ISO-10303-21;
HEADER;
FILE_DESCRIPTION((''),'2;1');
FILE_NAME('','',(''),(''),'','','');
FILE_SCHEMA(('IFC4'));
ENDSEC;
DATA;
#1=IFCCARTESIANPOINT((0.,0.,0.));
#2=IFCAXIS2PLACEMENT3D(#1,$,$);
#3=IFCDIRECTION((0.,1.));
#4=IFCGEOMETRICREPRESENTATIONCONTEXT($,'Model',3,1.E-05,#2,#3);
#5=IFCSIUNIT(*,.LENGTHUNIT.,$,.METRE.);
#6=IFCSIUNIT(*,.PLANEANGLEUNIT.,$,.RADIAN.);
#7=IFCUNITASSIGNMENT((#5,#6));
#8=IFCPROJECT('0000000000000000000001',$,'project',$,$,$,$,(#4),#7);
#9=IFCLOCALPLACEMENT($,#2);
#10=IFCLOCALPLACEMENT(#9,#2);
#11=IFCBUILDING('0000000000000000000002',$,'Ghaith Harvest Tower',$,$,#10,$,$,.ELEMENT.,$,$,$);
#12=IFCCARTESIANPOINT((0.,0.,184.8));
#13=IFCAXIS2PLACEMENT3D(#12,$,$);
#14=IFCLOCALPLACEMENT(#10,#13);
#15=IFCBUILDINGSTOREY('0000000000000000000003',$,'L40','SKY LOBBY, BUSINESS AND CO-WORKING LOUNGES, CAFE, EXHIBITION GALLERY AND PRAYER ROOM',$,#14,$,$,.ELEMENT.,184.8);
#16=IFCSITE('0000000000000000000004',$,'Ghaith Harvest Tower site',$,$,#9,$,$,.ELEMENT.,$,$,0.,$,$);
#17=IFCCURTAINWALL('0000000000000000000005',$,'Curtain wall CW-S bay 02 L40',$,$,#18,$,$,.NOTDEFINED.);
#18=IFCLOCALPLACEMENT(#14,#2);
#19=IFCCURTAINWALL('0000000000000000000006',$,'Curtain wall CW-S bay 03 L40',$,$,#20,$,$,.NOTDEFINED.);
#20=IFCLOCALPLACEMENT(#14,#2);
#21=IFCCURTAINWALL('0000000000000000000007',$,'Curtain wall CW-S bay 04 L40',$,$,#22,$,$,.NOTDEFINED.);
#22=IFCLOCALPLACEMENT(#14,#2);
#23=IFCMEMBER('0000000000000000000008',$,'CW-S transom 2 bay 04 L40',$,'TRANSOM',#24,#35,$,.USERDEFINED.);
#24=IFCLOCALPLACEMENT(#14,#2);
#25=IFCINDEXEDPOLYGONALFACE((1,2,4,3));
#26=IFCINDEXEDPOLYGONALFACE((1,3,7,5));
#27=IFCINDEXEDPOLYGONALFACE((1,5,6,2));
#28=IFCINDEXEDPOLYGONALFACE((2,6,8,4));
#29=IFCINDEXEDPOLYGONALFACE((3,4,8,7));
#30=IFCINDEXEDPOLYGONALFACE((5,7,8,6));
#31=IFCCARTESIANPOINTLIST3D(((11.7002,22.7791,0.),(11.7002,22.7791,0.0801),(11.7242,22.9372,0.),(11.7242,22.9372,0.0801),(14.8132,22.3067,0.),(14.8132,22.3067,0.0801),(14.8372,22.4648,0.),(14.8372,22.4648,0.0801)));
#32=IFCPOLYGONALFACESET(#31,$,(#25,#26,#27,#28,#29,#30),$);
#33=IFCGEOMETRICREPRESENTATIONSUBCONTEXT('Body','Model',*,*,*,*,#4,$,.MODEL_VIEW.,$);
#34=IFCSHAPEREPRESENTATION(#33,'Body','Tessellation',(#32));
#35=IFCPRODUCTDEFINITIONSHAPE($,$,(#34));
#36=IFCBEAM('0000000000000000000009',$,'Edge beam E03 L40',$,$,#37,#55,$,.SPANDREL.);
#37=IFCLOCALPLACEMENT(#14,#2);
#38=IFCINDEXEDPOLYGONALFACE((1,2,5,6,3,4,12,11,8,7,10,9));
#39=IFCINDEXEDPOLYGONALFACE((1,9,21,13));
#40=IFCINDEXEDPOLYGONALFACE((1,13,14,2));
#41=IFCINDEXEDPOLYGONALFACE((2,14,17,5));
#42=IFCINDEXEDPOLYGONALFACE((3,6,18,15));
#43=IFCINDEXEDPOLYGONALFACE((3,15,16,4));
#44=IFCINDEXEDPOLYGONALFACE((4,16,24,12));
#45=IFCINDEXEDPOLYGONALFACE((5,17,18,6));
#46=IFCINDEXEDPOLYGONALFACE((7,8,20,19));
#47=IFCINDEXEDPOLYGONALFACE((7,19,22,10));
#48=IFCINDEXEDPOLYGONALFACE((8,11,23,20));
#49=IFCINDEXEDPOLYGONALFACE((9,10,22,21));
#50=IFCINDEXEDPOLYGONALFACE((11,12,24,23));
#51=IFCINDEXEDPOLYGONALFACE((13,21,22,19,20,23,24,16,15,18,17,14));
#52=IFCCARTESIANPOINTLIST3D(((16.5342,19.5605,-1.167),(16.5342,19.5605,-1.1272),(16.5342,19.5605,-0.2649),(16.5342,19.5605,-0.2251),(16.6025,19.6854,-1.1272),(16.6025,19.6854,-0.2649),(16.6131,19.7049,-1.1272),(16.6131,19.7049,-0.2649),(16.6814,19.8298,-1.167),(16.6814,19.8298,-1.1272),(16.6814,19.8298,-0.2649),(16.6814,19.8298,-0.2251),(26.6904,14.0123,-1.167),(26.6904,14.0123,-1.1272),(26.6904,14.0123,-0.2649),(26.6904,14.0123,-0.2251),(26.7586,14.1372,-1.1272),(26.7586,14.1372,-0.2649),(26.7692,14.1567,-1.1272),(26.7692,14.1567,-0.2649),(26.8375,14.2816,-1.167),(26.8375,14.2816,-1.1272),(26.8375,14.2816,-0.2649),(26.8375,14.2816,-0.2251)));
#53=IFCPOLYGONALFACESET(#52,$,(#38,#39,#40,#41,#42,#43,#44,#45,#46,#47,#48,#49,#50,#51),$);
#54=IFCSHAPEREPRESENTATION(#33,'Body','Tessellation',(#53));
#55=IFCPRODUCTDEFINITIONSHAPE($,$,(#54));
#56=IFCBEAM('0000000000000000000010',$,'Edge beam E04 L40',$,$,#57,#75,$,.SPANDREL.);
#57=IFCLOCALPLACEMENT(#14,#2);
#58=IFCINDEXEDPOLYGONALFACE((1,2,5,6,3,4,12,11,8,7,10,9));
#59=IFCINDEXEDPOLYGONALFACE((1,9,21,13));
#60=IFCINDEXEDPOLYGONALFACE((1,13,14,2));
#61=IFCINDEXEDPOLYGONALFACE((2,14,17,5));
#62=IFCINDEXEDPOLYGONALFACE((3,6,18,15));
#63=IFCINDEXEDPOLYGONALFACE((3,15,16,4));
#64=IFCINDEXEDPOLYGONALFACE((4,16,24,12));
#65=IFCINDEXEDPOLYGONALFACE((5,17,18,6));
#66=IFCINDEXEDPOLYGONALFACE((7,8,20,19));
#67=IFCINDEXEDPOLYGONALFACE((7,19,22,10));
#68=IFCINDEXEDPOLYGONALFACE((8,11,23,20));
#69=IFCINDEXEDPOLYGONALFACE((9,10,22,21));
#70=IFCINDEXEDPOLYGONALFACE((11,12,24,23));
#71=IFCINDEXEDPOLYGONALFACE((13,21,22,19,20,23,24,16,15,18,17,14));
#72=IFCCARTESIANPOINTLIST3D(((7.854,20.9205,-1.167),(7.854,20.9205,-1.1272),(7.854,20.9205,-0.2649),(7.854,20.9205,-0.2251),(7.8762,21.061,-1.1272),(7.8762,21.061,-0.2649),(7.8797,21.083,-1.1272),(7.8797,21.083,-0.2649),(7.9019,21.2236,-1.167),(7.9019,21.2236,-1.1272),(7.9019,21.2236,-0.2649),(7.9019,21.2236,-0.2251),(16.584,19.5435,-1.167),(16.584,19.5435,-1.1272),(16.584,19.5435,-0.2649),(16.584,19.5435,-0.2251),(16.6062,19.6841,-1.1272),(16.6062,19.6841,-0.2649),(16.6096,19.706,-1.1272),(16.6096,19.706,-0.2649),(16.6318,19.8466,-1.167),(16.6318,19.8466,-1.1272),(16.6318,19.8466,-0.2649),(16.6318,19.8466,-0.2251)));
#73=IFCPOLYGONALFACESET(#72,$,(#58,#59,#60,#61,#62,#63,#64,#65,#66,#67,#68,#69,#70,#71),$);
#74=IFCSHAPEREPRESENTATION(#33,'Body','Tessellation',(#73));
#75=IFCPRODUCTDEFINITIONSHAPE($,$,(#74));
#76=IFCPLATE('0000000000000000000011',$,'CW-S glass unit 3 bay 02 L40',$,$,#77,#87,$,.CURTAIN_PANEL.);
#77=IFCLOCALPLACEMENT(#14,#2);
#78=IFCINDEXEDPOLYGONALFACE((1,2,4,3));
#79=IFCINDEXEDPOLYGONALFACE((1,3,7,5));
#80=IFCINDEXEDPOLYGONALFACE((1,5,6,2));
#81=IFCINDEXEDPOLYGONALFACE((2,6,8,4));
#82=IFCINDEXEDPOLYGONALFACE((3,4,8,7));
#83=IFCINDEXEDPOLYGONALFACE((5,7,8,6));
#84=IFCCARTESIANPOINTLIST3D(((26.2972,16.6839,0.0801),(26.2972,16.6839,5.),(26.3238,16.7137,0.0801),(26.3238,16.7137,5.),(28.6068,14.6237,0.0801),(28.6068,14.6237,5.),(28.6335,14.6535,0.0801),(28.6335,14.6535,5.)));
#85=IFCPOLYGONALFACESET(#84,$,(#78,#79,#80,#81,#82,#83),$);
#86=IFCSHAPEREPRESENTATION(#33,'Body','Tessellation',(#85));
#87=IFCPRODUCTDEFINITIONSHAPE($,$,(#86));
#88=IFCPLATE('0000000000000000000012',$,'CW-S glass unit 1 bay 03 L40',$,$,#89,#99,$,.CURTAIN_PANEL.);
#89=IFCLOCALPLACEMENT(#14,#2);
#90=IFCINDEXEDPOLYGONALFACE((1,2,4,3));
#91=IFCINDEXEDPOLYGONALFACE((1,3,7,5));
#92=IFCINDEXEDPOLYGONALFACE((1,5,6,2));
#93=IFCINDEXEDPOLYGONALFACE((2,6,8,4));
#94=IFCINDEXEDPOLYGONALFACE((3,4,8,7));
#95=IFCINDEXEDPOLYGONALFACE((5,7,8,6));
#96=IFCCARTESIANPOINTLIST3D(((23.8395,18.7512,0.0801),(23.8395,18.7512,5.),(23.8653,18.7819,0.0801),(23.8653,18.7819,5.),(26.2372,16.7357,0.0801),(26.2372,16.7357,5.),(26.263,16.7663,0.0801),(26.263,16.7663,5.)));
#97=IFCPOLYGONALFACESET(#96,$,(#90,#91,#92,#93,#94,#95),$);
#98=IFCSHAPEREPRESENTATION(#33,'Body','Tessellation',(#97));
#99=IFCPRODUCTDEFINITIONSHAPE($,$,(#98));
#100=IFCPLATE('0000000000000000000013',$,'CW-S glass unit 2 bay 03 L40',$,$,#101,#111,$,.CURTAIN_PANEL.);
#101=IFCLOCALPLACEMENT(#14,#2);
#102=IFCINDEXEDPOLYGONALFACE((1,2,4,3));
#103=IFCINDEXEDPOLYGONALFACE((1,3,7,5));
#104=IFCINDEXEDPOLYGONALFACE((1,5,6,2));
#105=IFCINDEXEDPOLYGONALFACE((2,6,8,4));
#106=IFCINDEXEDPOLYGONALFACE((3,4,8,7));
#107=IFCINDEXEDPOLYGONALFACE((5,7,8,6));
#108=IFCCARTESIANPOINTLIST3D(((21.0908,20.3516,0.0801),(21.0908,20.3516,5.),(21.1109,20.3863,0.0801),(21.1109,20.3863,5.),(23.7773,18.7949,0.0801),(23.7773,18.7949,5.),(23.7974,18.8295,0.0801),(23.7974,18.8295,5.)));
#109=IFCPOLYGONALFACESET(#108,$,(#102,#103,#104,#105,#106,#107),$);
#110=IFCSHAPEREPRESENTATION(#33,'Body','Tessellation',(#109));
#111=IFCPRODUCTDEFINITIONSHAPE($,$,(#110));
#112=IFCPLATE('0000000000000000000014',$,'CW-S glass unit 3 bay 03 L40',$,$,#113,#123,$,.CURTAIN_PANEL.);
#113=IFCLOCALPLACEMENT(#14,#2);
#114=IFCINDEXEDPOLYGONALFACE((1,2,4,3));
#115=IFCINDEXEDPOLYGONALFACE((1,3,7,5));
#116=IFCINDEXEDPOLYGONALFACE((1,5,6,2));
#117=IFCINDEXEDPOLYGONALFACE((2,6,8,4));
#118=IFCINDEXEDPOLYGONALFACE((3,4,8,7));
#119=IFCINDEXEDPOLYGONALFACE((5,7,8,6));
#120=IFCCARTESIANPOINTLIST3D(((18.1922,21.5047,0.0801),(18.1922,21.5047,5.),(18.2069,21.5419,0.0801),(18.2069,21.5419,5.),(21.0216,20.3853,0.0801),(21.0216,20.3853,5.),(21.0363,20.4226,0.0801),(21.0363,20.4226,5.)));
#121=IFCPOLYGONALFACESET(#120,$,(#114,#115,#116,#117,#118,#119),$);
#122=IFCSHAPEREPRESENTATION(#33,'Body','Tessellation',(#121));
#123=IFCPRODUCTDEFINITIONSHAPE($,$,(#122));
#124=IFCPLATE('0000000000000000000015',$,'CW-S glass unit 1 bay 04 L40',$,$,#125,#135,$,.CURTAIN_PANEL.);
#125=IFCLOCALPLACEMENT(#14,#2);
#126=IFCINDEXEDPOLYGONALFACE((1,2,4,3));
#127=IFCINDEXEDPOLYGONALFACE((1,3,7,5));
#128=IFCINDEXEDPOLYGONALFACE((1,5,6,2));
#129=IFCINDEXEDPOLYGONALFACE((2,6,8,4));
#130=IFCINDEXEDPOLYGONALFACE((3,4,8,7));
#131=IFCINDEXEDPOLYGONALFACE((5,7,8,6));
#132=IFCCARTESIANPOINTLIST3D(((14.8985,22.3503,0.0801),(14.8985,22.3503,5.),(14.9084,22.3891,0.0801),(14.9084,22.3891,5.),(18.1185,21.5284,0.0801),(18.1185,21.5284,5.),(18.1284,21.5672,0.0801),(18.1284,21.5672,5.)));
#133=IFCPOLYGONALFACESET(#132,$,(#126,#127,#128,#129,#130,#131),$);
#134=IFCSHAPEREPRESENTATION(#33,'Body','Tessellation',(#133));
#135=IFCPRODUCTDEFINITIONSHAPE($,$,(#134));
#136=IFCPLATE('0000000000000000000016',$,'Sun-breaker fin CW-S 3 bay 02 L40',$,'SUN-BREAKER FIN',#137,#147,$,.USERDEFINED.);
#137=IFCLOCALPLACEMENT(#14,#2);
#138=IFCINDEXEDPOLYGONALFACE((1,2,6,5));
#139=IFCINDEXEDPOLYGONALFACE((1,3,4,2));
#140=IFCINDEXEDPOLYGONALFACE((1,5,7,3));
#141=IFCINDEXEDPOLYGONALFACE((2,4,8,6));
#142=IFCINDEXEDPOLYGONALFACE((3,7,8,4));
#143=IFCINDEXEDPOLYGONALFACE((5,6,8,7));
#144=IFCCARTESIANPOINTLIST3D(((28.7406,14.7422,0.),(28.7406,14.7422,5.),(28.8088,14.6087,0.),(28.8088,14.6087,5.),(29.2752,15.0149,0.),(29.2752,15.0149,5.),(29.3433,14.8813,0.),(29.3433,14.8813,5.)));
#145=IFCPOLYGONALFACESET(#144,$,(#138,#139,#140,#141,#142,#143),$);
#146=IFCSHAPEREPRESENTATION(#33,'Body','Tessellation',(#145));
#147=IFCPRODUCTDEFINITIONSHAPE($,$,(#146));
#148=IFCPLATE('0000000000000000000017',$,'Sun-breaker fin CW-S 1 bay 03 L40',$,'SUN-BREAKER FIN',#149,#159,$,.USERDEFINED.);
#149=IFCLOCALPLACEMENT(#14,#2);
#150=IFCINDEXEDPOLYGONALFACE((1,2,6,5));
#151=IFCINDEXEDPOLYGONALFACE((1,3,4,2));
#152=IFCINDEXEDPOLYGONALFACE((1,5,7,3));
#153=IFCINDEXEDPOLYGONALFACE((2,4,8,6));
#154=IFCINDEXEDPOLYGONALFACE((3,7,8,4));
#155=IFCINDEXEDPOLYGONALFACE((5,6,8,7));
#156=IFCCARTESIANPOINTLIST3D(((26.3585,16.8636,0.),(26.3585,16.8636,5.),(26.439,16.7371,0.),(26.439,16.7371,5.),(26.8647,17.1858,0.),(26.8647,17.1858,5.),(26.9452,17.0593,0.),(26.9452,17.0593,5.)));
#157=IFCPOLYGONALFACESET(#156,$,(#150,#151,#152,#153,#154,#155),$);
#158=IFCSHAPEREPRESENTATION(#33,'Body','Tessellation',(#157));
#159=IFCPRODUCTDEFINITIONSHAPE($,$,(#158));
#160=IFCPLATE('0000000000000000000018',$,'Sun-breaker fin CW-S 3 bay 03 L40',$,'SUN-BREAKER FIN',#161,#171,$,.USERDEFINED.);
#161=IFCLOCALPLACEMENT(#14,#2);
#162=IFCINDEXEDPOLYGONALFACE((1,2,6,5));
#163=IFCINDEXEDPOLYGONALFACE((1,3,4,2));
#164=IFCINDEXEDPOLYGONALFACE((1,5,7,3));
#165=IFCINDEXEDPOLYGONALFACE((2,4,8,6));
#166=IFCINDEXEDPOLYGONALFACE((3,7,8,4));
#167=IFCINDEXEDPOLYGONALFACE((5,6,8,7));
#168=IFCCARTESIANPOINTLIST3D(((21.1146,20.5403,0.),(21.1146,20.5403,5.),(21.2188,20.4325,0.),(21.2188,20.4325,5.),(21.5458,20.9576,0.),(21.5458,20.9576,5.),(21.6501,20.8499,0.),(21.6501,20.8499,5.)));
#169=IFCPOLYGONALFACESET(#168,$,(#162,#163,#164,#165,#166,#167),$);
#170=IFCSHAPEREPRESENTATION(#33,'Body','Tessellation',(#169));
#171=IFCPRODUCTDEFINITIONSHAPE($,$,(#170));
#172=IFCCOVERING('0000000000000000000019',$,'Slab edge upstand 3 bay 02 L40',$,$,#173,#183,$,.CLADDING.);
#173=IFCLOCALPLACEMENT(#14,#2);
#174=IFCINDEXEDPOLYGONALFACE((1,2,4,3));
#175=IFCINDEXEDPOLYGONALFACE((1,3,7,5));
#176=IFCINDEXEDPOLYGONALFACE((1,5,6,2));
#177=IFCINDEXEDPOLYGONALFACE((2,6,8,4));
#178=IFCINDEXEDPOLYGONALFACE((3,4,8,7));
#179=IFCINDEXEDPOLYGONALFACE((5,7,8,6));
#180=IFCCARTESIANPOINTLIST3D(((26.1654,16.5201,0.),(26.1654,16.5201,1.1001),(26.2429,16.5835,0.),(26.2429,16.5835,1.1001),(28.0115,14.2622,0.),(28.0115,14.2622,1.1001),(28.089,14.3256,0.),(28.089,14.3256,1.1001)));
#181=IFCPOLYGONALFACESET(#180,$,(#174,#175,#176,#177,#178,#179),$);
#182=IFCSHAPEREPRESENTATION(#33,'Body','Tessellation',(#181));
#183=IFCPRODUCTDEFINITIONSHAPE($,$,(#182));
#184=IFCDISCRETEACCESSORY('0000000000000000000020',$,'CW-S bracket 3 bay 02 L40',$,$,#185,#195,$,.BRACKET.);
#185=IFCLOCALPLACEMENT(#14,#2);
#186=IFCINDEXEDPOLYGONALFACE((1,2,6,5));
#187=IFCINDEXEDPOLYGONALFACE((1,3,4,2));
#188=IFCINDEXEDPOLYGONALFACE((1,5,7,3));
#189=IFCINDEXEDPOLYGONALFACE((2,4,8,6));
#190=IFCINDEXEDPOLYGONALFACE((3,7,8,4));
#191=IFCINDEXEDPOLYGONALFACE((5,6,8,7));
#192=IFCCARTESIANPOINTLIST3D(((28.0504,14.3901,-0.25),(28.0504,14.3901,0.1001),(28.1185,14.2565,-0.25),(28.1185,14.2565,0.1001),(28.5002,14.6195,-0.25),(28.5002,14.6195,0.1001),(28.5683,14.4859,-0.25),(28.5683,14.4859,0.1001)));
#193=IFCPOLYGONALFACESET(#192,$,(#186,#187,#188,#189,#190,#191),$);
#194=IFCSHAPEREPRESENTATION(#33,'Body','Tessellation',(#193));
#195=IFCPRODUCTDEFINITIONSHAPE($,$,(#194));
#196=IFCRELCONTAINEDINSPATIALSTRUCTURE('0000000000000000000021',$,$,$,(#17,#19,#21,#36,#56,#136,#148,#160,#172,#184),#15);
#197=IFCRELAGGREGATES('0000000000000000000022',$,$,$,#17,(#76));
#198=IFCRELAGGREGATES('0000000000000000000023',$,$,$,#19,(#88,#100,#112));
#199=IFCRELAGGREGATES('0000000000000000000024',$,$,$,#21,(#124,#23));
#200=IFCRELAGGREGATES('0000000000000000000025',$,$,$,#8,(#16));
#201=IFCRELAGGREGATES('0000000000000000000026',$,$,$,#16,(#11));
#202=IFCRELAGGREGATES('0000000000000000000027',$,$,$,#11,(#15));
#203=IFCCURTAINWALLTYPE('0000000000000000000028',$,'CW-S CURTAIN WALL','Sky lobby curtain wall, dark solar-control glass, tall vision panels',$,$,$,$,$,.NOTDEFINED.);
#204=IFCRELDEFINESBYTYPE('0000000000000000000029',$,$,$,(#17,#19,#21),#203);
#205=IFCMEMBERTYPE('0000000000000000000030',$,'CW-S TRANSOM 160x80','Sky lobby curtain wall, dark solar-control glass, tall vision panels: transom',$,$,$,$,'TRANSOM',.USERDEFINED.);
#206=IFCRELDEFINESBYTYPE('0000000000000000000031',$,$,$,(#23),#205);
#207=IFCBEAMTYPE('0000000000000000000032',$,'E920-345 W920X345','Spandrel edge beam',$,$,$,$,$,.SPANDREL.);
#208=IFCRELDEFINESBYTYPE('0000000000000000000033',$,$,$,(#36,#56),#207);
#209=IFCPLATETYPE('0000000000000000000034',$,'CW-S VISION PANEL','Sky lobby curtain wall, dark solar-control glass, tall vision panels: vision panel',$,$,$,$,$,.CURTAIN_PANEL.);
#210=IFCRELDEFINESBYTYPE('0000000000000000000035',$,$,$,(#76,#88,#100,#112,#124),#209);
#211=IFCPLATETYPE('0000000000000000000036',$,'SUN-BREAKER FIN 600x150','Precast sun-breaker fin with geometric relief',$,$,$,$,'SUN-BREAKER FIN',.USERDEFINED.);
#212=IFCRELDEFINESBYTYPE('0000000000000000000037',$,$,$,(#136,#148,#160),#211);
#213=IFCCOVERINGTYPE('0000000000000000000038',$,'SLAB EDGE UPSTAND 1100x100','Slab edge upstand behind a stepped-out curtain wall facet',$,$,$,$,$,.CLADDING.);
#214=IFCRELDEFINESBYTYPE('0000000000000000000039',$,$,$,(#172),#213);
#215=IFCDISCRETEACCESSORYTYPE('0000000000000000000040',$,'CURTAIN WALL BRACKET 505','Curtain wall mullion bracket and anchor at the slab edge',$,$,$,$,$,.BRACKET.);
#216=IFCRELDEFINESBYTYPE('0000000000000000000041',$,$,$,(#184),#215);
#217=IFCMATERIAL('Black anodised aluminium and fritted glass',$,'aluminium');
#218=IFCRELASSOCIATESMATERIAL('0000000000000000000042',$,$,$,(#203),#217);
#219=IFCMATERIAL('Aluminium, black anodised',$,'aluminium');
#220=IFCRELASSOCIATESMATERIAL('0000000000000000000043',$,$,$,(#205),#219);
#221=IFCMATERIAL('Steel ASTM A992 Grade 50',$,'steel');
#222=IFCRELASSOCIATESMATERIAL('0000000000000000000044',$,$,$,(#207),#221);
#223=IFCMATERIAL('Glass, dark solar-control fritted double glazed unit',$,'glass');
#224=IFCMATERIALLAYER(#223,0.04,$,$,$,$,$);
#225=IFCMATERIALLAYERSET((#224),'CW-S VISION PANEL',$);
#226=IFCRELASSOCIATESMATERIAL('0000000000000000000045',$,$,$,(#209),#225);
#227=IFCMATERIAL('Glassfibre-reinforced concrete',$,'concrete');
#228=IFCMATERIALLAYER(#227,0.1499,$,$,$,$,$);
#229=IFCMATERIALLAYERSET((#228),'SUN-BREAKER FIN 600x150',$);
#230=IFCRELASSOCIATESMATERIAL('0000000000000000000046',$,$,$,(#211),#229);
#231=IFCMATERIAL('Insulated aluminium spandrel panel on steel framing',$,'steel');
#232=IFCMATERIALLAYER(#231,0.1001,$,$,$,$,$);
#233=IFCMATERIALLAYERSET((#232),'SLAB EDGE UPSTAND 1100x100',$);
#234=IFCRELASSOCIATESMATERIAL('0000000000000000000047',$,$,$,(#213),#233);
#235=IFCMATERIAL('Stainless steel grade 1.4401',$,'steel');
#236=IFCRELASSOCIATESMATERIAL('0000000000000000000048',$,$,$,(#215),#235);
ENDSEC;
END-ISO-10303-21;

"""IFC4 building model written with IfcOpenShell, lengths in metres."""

from ifc_helpers import new_model, si_unit, direction, frame, origin, origin_2d, place, context, subcontext, project, spatial, rectangle, i_section, extrude, material, layer, layer_set, material_profile, profile_set, type_object, element, aggregate, save


model = new_model("IFC4")

# Units and contexts
model_context = context("Model", 3, precision=1e-05, world=origin(), true_north=direction((0.0, 1.0)))
body_context = subcontext(model_context, "Body", "Model", "MODEL_VIEW")
ifc_project = project(units=[si_unit("LENGTHUNIT", "METRE"), si_unit("PLANEANGLEUNIT", "RADIAN")], contexts=[model_context])

# Site, building, storey
site_placement = place(None, origin())
site = spatial("IfcSite", under=ifc_project, at=site_placement, Name="Ghaith Harvest Tower site", CompositionType="ELEMENT", RefElevation=0.0)
building_placement = place(site_placement, origin())
building = spatial("IfcBuilding", under=site, at=building_placement, Name="Ghaith Harvest Tower", CompositionType="ELEMENT")
storey_placement = place(building_placement, frame((0.0, 0.0, 184.8)))
storey = spatial("IfcBuildingStorey", under=building, at=storey_placement, Name="L40", Description="SKY LOBBY, BUSINESS AND CO-WORKING LOUNGES, CAFE, EXHIBITION GALLERY AND PRAYER ROOM", CompositionType="ELEMENT", Elevation=184.8)

# Curtain wall
ifc_material_1 = material(Name="Black anodised aluminium and fritted glass", Category="aluminium")
curtain_wall_type = type_object("IfcCurtainWallType", Name="CW-S CURTAIN WALL", Description="Sky lobby curtain wall, dark solar-control glass, tall vision panels", PredefinedType="NOTDEFINED", material=ifc_material_1)
curtain_wall_1_placement = place(storey_placement, origin())
curtain_wall_1 = element("IfcCurtainWall", 1, at=curtain_wall_1_placement, inside=storey, type_object=curtain_wall_type, Name="Curtain wall CW-S bay 02 L40", PredefinedType="NOTDEFINED")

# Curtain walls
curtain_wall_2_placement = place(storey_placement, origin())
curtain_wall_2 = element("IfcCurtainWall", 2, at=curtain_wall_2_placement, inside=storey, type_object=curtain_wall_type, Name="Curtain wall CW-S bay 03 L40", PredefinedType="NOTDEFINED")
curtain_wall_3_placement = place(storey_placement, origin())
curtain_wall_3 = element("IfcCurtainWall", 3, at=curtain_wall_3_placement, inside=storey, type_object=curtain_wall_type, Name="Curtain wall CW-S bay 04 L40", PredefinedType="NOTDEFINED")

# Member
ifc_material_2 = material(Name="Aluminium, black anodised", Category="aluminium")
ifc_material_profile_1 = material_profile(ifc_material_2, rectangle(XDim=0.1599, YDim=0.0801, at=origin_2d()), Name="CW-S TRANSOM 160x80")
ifc_profile_set_1 = profile_set([ifc_material_profile_1], Name="Aluminium, black anodised")
member_type_1 = type_object("IfcMemberType", Name="CW-S TRANSOM 160x80", Description="Sky lobby curtain wall, dark solar-control glass, tall vision panels: transom", ElementType="TRANSOM", PredefinedType="USERDEFINED", material=ifc_profile_set_1)
member_1_placement = place(storey_placement, frame((14.8252, 22.3857, 0.04), z_axis=(-0.988681, 0.150035, 0.0), x_axis=(-0.150035, -0.988681, 0.0)))
member_1 = element("IfcMember", 4, at=member_1_placement, type_object=member_type_1, Name="CW-S transom 2 bay 04 L40", ObjectType="TRANSOM", PredefinedType="USERDEFINED", context=body_context, shape_type="SweptSolid", body=[
    extrude(rectangle(XDim=0.1599, YDim=0.0801, at=origin_2d()), origin(), (0.0, 0.0, 1.0), 3.1487),
])

# Beams
ifc_material_3 = material(Name="Steel ASTM A992 Grade 50", Category="steel")
ifc_material_profile_2 = material_profile(ifc_material_3, i_section(OverallWidth=0.3069, OverallDepth=0.9419, WebThickness=0.0222, FlangeThickness=0.0398, at=origin_2d()), Name="W920X345")
ifc_profile_set_2 = profile_set([ifc_material_profile_2], Name="Steel ASTM A992 Grade 50")
beam_type = type_object("IfcBeamType", Name="E920-345 W920X345", Description="Spandrel edge beam", PredefinedType="SPANDREL", material=ifc_profile_set_2)
beam_1_placement = place(storey_placement, frame((26.7639, 14.147, -0.696), z_axis=(-0.877588, 0.479415, 0.0), x_axis=(-0.479415, -0.877588, 0.0)))
element("IfcBeam", 5, at=beam_1_placement, inside=storey, type_object=beam_type, Name="Edge beam E03 L40", PredefinedType="SPANDREL", context=body_context, shape_type="SweptSolid", body=[
    extrude(i_section(OverallWidth=0.3069, OverallDepth=0.9419, WebThickness=0.0222, FlangeThickness=0.0398, at=origin_2d()), origin(), (0.0, 0.0, 1.0), 11.5728),
])
beam_2_placement = place(storey_placement, frame((16.6079, 19.6951, -0.696), z_axis=(-0.987788, 0.155801, 0.0), x_axis=(-0.155801, -0.987788, 0.0)))
element("IfcBeam", 6, at=beam_2_placement, inside=storey, type_object=beam_type, Name="Edge beam E04 L40", PredefinedType="SPANDREL", context=body_context, shape_type="SweptSolid", body=[
    extrude(i_section(OverallWidth=0.3069, OverallDepth=0.9419, WebThickness=0.0222, FlangeThickness=0.0398, at=origin_2d()), origin(), (0.0, 0.0, 1.0), 8.8379),
])

# Plates
ifc_material_4 = material(Name="Glass, dark solar-control fritted double glazed unit", Category="glass")
ifc_layer_1 = layer(ifc_material_4, 0.04)
ifc_layer_set_1 = layer_set([ifc_layer_1], Name="CW-S VISION PANEL")
plate_type_1 = type_object("IfcPlateType", Name="CW-S VISION PANEL", Description="Sky lobby curtain wall, dark solar-control glass, tall vision panels: vision panel", PredefinedType="CURTAIN_PANEL", material=ifc_layer_set_1)
plate_1_placement = place(storey_placement, frame((27.4653, 15.6687, 0.0801), z_axis=(0.0, 0.0, 1.0), x_axis=(-0.746251, 0.665665, 0.0)))
plate_1 = element("IfcPlate", 7, at=plate_1_placement, type_object=plate_type_1, Name="CW-S glass unit 3 bay 02 L40", PredefinedType="CURTAIN_PANEL", context=body_context, shape_type="SweptSolid", body=[
    extrude(rectangle(XDim=3.095, YDim=0.04, at=origin_2d()), origin(), (0.0, 0.0, 1.0), 4.9199),
])
aggregate(curtain_wall_1, [plate_1])
plate_2_placement = place(storey_placement, frame((25.0513, 17.7588, 0.0801), z_axis=(0.0, 0.0, 1.0), x_axis=(-0.765473, 0.643468, 0.0)))
plate_2 = element("IfcPlate", 8, at=plate_2_placement, type_object=plate_type_1, Name="CW-S glass unit 1 bay 03 L40", PredefinedType="CURTAIN_PANEL", context=body_context, shape_type="SweptSolid", body=[
    extrude(rectangle(XDim=3.1323, YDim=0.04, at=origin_2d()), origin(), (0.0, 0.0, 1.0), 4.9199),
])
plate_3_placement = place(storey_placement, frame((22.4441, 19.5906, 0.0801), z_axis=(0.0, 0.0, 1.0), x_axis=(-0.865232, 0.501372, 0.0)))
plate_3 = element("IfcPlate", 9, at=plate_3_placement, type_object=plate_type_1, Name="CW-S glass unit 2 bay 03 L40", PredefinedType="CURTAIN_PANEL", context=body_context, shape_type="SweptSolid", body=[
    extrude(rectangle(XDim=3.105, YDim=0.04, at=origin_2d()), origin(), (0.0, 0.0, 1.0), 4.9199),
])
plate_4_placement = place(storey_placement, frame((19.6143, 20.9636, 0.0801), z_axis=(0.0, 0.0, 1.0), x_axis=(-0.929877, 0.367872, 0.0)))
plate_4 = element("IfcPlate", 10, at=plate_4_placement, type_object=plate_type_1, Name="CW-S glass unit 3 bay 03 L40", PredefinedType="CURTAIN_PANEL", context=body_context, shape_type="SweptSolid", body=[
    extrude(rectangle(XDim=3.0427, YDim=0.04, at=origin_2d()), origin(), (0.0, 0.0, 1.0), 4.9199),
])
aggregate(curtain_wall_2, [plate_2, plate_3, plate_4])
plate_5_placement = place(storey_placement, frame((16.5134, 21.9587, 0.0801), z_axis=(0.0, 0.0, 1.0), x_axis=(-0.968931, 0.247331, 0.0)))
plate_5 = element("IfcPlate", 11, at=plate_5_placement, type_object=plate_type_1, Name="CW-S glass unit 1 bay 04 L40", PredefinedType="CURTAIN_PANEL", context=body_context, shape_type="SweptSolid", body=[
    extrude(rectangle(XDim=3.3232, YDim=0.04, at=origin_2d()), origin(), (0.0, 0.0, 1.0), 4.9199),
])
aggregate(curtain_wall_3, [plate_5, member_1])

# Plates
ifc_material_5 = material(Name="Glassfibre-reinforced concrete", Category="concrete")
ifc_layer_2 = layer(ifc_material_5, 0.1499)
ifc_layer_set_2 = layer_set([ifc_layer_2], Name="SUN-BREAKER FIN 600x150")
plate_type_2 = type_object("IfcPlateType", Name="SUN-BREAKER FIN 600x150", Description="Precast sun-breaker fin with geometric relief", ElementType="SUN-BREAKER FIN", PredefinedType="USERDEFINED", material=ifc_layer_set_2)
for number, where, z_axis, x_axis, name in (
    (12, (29.042, 14.8118, 0.0), (0.0, 0.0, 1.0), (0.890831, 0.454335, 0.0), "Sun-breaker fin CW-S 3 bay 02 L40"),
    (13, (26.6519, 16.9614, 0.0), (0.0, 0.0, 1.0), (0.843644, 0.536903, 0.0), "Sun-breaker fin CW-S 1 bay 03 L40"),
    (14, (21.3823, 20.6951, 0.0), (0.0, 0.0, 1.0), (0.718559, 0.695466, 0.0), "Sun-breaker fin CW-S 3 bay 03 L40"),
):
    element("IfcPlate", number, at=place(storey_placement, frame(where, z_axis=z_axis, x_axis=x_axis)), inside=storey, type_object=plate_type_2, Name=name, ObjectType="SUN-BREAKER FIN", PredefinedType="USERDEFINED", context=body_context, shape_type="SweptSolid", body=[
        extrude(rectangle(XDim=0.6001, YDim=0.1499, at=origin_2d()), origin(), (0.0, 0.0, 1.0), 5.0),
    ])

# Covering
ifc_material_6 = material(Name="Insulated aluminium spandrel panel on steel framing", Category="steel")
ifc_layer_3 = layer(ifc_material_6, 0.1001)
ifc_layer_set_3 = layer_set([ifc_layer_3], Name="SLAB EDGE UPSTAND 1100x100")
covering_type = type_object("IfcCoveringType", Name="SLAB EDGE UPSTAND 1100x100", Description="Slab edge upstand behind a stepped-out curtain wall facet", PredefinedType="CLADDING", material=ifc_layer_set_3)
covering_placement = place(storey_placement, frame((27.1272, 15.4229, 0.0), z_axis=(0.0, 0.0, 1.0), x_axis=(-0.63297, 0.774177, 0.0)))
element("IfcCovering", 15, at=covering_placement, inside=storey, type_object=covering_type, Name="Slab edge upstand 3 bay 02 L40", PredefinedType="CLADDING", context=body_context, shape_type="SweptSolid", body=[
    extrude(rectangle(XDim=2.9165, YDim=0.1001, at=origin_2d()), origin(), (0.0, 0.0, 1.0), 1.1001),
])

# Discrete accessory
ifc_material_7 = material(Name="Stainless steel grade 1.4401", Category="steel")
discrete_accessory_type = type_object("IfcDiscreteAccessoryType", Name="CURTAIN WALL BRACKET 505", Description="Curtain wall mullion bracket and anchor at the slab edge", PredefinedType="BRACKET", material=ifc_material_7)
discrete_accessory_placement = place(storey_placement, frame((28.3093, 14.438, -0.25), z_axis=(0.0, 0.0, 1.0), x_axis=(0.890831, 0.454335, 0.0)))
element("IfcDiscreteAccessory", 16, at=discrete_accessory_placement, inside=storey, type_object=discrete_accessory_type, Name="CW-S bracket 3 bay 02 L40", PredefinedType="BRACKET", context=body_context, shape_type="SweptSolid", body=[
    extrude(rectangle(XDim=0.5049, YDim=0.1499, at=origin_2d()), origin(), (0.0, 0.0, 1.0), 0.3501),
])

save(model, "model.ifc")
